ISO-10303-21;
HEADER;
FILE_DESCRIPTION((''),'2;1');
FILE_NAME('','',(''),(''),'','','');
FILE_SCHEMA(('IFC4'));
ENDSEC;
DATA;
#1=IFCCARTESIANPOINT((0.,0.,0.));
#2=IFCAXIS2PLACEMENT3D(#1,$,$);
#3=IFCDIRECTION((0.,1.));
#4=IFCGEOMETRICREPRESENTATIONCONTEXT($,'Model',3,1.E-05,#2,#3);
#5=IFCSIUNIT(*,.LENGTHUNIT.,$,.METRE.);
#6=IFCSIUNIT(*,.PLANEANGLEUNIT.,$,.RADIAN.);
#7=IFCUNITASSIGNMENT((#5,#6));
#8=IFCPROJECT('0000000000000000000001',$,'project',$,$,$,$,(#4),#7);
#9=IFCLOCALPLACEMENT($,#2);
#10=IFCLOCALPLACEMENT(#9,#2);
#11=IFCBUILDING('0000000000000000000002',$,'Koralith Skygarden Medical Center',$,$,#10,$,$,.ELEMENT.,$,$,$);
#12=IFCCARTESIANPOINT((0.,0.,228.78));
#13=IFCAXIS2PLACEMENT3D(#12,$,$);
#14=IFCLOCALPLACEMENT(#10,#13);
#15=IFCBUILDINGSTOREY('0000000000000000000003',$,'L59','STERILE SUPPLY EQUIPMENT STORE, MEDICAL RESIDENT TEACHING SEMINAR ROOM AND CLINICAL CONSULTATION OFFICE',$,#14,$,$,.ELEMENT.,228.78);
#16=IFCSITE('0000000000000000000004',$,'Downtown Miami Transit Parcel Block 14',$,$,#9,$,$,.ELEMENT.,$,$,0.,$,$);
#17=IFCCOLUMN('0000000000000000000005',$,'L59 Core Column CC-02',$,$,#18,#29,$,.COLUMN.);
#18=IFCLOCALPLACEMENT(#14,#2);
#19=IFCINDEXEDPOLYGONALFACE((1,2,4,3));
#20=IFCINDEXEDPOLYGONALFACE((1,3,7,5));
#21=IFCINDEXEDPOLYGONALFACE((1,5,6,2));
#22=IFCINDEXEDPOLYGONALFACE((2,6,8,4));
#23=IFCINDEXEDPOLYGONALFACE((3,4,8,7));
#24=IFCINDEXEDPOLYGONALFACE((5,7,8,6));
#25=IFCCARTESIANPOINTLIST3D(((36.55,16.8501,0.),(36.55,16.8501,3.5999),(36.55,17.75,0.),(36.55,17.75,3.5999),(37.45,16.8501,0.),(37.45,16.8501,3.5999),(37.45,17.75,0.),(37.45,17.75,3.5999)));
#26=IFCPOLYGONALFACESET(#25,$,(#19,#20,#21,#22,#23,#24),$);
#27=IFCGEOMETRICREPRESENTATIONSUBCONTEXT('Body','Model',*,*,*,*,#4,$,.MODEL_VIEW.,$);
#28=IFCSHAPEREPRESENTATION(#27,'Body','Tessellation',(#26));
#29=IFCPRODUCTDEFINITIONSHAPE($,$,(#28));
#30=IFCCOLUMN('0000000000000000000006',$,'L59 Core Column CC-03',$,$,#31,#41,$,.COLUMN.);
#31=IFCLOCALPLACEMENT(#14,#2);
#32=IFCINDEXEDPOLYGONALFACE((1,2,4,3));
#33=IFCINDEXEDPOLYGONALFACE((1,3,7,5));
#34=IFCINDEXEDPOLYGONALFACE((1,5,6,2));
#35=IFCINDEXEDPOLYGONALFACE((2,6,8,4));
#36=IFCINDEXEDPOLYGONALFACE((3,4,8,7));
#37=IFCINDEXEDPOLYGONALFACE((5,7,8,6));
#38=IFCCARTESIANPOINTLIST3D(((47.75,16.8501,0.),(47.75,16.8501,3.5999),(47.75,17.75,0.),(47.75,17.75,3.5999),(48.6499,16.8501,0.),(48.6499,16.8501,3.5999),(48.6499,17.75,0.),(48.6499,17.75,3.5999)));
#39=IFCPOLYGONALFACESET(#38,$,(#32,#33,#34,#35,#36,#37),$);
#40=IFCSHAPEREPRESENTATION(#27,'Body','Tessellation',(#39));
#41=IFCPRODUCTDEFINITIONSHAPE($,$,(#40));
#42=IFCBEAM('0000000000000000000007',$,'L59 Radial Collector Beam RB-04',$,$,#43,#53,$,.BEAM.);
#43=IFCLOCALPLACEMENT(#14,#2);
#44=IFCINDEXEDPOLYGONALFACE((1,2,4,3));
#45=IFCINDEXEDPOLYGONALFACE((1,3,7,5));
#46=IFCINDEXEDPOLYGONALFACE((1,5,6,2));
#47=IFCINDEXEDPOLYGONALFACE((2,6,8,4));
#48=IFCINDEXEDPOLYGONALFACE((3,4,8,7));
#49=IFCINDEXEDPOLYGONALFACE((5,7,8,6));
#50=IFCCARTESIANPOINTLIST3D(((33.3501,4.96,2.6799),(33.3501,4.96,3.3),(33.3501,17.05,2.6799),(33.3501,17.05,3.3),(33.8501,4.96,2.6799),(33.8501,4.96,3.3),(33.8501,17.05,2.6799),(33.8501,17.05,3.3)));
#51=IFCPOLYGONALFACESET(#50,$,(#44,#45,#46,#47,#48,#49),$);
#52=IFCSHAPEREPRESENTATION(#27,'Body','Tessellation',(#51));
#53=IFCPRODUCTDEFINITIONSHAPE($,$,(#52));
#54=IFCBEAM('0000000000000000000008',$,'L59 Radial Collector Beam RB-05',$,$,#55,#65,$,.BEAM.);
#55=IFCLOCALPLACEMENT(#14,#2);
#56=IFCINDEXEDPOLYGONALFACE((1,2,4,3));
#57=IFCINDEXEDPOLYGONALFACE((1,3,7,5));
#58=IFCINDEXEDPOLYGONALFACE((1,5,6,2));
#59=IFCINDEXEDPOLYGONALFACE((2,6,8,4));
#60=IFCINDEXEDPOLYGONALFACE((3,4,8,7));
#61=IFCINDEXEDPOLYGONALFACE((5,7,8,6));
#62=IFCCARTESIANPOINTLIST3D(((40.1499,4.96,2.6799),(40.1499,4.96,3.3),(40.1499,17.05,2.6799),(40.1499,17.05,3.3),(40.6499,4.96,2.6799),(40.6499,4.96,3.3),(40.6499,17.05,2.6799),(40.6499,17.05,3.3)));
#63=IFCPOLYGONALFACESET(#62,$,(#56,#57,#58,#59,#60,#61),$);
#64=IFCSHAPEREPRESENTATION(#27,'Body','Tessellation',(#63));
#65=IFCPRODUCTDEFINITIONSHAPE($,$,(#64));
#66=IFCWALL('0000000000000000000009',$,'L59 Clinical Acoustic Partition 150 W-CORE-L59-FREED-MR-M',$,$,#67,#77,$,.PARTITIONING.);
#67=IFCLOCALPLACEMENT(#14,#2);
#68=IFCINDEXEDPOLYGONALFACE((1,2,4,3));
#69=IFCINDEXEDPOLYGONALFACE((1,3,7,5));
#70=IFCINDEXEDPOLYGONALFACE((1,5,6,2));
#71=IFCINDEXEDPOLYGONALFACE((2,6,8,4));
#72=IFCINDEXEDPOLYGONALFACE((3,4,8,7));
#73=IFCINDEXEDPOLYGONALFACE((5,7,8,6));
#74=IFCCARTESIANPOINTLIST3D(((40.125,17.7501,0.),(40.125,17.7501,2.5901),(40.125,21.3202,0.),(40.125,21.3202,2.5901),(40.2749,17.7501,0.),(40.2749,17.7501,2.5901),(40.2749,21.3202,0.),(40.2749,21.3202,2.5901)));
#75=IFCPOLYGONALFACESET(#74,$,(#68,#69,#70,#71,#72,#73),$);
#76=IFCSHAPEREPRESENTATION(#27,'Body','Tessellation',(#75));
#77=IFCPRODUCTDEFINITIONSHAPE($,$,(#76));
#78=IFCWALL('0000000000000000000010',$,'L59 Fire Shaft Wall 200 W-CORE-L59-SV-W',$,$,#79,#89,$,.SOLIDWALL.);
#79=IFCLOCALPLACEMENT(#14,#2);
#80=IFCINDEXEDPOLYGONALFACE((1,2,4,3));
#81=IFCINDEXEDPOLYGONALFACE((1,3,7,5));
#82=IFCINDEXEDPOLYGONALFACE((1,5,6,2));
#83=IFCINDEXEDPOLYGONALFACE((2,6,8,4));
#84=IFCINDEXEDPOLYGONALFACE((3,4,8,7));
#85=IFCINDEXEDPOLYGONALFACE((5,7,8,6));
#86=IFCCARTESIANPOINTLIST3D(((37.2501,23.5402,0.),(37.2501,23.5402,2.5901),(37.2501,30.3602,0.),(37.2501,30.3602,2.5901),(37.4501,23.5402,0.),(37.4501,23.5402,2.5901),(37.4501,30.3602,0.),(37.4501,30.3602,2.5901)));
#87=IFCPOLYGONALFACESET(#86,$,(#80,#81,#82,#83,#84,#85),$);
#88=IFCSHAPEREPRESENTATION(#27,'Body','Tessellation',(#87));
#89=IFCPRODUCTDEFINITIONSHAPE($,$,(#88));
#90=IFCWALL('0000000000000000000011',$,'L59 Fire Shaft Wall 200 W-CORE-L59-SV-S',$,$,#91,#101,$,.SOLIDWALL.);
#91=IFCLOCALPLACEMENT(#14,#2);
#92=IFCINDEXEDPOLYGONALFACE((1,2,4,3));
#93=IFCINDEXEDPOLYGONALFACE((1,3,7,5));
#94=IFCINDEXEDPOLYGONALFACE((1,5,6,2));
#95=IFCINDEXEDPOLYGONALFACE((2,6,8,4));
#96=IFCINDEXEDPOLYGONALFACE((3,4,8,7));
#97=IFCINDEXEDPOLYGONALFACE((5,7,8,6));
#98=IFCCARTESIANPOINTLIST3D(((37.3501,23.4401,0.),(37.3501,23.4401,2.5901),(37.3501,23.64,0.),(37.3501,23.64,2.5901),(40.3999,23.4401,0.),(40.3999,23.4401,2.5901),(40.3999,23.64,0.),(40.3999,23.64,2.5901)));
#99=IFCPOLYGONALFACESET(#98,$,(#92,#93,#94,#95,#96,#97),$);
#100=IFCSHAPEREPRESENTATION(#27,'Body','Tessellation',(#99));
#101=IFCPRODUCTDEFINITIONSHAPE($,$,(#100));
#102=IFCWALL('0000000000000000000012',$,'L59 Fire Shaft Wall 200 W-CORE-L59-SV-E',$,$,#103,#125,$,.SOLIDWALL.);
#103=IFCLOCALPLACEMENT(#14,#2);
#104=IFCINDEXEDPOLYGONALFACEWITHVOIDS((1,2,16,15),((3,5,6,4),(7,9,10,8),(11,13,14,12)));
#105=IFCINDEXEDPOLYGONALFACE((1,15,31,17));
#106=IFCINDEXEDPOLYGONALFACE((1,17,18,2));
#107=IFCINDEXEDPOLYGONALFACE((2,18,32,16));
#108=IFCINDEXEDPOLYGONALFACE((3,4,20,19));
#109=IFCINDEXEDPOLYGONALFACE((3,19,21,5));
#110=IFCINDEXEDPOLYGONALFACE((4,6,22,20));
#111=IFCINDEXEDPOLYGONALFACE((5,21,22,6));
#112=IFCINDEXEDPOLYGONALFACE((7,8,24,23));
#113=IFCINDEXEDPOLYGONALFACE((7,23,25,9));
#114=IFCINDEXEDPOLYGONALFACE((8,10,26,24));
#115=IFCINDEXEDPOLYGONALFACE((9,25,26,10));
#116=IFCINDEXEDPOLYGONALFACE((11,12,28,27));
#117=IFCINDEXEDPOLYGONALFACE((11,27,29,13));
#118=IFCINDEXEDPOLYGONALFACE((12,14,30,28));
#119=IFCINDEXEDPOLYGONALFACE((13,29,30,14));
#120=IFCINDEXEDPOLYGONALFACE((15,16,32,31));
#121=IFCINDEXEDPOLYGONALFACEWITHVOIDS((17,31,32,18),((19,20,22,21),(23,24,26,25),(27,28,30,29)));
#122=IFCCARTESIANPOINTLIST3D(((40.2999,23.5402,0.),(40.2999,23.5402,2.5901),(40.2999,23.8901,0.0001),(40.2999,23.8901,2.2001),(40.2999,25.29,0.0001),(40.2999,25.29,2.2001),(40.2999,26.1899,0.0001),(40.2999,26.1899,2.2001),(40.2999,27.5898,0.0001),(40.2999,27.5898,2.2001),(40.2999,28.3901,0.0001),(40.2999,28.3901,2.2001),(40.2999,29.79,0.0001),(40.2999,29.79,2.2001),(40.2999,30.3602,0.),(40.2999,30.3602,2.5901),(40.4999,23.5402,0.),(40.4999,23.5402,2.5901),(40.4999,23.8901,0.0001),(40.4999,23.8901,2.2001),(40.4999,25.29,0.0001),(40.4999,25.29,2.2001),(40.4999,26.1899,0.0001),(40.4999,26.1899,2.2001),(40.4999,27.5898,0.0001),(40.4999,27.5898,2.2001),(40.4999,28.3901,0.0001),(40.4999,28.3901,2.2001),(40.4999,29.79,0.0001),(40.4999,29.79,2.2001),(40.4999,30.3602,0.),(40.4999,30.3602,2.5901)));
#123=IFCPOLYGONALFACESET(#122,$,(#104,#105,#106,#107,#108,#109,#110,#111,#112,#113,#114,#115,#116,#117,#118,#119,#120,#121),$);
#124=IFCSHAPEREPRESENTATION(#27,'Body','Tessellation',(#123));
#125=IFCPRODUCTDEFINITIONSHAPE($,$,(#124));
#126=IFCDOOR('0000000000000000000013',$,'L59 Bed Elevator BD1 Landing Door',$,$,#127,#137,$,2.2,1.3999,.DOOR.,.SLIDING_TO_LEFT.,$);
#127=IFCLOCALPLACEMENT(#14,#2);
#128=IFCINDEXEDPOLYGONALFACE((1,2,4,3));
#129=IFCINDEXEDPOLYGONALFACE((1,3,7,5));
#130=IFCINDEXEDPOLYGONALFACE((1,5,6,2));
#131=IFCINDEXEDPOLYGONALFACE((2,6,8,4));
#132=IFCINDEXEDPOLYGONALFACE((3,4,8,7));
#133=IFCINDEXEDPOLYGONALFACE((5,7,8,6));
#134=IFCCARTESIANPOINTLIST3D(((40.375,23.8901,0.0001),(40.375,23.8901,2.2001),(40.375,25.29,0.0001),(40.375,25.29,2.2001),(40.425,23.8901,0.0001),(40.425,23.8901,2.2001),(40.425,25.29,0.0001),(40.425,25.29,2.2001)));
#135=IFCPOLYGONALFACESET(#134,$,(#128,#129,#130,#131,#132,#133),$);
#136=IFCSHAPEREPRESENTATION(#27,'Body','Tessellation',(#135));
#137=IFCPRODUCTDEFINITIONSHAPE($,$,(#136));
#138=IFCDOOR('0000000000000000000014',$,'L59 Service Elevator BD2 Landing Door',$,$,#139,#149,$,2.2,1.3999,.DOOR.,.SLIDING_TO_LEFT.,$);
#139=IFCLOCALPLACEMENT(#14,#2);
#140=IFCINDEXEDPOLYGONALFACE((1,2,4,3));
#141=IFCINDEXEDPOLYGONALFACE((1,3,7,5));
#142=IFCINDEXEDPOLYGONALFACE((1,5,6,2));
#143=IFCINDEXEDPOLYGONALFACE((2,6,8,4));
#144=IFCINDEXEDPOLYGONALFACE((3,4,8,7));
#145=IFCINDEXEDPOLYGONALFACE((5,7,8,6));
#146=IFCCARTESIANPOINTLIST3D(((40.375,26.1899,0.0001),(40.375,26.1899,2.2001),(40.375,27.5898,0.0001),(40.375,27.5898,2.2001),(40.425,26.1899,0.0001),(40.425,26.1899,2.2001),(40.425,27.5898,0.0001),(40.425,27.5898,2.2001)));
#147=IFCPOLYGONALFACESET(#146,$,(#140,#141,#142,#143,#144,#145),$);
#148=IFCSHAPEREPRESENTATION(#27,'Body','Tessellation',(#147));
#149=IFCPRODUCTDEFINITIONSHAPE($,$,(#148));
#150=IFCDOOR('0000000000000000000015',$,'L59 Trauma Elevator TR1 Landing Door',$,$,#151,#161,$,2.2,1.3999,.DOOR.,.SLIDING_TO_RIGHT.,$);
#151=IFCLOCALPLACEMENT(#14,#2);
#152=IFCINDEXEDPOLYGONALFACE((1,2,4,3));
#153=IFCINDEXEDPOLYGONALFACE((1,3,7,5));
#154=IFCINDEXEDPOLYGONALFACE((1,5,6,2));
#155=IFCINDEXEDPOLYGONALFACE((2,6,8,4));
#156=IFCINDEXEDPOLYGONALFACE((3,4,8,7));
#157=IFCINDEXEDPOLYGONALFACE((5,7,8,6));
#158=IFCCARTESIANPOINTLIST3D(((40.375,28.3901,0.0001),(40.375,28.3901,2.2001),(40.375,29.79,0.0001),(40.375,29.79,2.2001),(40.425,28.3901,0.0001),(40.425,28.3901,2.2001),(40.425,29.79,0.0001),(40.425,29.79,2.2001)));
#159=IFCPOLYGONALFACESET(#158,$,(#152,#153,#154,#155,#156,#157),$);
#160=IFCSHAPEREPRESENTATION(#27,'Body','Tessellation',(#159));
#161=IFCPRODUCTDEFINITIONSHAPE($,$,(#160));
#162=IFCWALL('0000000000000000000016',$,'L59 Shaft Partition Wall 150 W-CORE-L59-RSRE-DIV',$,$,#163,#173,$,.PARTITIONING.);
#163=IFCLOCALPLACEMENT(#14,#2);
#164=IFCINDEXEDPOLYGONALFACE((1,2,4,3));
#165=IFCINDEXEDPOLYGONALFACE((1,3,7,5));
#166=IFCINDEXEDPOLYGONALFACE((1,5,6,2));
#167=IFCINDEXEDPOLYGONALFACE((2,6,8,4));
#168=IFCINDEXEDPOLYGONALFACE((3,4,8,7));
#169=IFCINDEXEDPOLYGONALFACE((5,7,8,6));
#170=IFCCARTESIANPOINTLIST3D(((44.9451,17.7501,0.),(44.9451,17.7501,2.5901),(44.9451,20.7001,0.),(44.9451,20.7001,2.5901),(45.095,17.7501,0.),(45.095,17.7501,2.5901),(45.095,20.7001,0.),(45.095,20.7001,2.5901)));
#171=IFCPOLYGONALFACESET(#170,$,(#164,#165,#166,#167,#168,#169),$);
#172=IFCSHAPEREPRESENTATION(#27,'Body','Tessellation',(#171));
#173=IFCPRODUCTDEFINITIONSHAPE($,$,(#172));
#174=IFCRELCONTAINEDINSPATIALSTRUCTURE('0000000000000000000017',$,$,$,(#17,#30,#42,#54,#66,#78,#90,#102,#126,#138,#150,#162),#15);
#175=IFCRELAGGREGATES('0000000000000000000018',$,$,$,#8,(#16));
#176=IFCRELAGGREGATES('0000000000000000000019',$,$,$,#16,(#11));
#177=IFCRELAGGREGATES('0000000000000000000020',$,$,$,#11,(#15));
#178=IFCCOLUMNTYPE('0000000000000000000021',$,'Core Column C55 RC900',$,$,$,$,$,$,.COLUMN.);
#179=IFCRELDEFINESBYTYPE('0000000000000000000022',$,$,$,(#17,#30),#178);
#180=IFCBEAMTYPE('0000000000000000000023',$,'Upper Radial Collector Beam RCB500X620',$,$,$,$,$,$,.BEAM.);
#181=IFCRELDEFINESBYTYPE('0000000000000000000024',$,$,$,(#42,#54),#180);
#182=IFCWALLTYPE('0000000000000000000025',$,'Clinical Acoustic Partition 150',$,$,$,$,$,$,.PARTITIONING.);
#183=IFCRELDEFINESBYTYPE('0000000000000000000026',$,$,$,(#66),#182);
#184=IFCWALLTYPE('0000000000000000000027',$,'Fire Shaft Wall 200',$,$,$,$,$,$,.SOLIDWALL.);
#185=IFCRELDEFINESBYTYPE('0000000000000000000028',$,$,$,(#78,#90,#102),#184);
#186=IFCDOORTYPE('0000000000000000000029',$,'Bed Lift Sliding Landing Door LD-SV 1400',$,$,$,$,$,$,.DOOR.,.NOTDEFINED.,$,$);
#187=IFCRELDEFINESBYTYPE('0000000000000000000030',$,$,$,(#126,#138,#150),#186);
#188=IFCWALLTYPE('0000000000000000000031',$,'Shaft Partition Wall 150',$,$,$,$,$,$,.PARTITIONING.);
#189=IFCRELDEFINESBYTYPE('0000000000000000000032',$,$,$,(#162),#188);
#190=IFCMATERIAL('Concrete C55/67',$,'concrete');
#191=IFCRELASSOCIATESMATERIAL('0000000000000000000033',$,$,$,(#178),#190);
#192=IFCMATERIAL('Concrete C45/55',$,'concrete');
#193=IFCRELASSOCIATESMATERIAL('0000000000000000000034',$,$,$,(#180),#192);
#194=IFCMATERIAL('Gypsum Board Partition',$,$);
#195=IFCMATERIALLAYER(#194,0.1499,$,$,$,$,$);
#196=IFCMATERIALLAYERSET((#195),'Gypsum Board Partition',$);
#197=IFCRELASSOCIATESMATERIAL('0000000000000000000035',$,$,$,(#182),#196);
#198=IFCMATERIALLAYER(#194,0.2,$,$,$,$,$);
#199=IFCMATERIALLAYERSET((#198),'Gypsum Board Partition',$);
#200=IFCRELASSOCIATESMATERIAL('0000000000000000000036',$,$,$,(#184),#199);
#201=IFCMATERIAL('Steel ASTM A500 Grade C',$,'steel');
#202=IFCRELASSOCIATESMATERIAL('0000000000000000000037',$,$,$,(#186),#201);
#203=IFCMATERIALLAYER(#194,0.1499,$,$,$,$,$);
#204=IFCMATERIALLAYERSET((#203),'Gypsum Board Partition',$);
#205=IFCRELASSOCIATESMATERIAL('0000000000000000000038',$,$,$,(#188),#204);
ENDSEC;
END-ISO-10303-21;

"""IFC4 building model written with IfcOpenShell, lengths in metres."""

from ifc_helpers import new_model, si_unit, direction, frame, frame_2d, origin, origin_2d, place, context, subcontext, project, spatial, rectangle, extrude, material, layer, layer_set, material_profile, profile_set, type_object, element, fill, save


model = new_model("IFC4")

# Units and contexts
model_context = context("Model", 3, precision=1e-05, world=origin(), true_north=direction((0.0, 1.0)))
body_context = subcontext(model_context, "Body", "Model", "MODEL_VIEW")
ifc_project = project(units=[si_unit("LENGTHUNIT", "METRE"), si_unit("PLANEANGLEUNIT", "RADIAN")], contexts=[model_context])

# Site, building, storey
site_placement = place(None, origin())
site = spatial("IfcSite", under=ifc_project, at=site_placement, Name="Downtown Miami Transit Parcel Block 14", CompositionType="ELEMENT", RefElevation=0.0)
building_placement = place(site_placement, origin())
building = spatial("IfcBuilding", under=site, at=building_placement, Name="Koralith Skygarden Medical Center", CompositionType="ELEMENT")
storey_placement = place(building_placement, frame((0.0, 0.0, 228.78)))
storey = spatial("IfcBuildingStorey", under=building, at=storey_placement, Name="L59", Description="STERILE SUPPLY EQUIPMENT STORE, MEDICAL RESIDENT TEACHING SEMINAR ROOM AND CLINICAL CONSULTATION OFFICE", CompositionType="ELEMENT", Elevation=228.78)

# Columns
ifc_material_1 = material(Name="Concrete C55/67", Category="concrete")
ifc_material_profile_1 = material_profile(ifc_material_1, rectangle(XDim=0.8999, YDim=0.8999, at=origin_2d()), Name="RC900X900")
ifc_profile_set_1 = profile_set([ifc_material_profile_1], Name="Concrete C55/67")
column_type = type_object("IfcColumnType", Name="Core Column C55 RC900", PredefinedType="COLUMN", material=ifc_profile_set_1)
for number, where, z_axis, x_axis, name in (
    (1, (37.0, 17.3, 0.0), (0.0, 0.0, 1.0), (1.0, 0.0, 0.0), "L59 Core Column CC-02"),
    (2, (48.2, 17.3, 0.0), (0.0, 0.0, 1.0), (1.0, 0.0, 0.0), "L59 Core Column CC-03"),
):
    element("IfcColumn", number, at=place(storey_placement, frame(where, z_axis=z_axis, x_axis=x_axis)), inside=storey, type_object=column_type, Name=name, PredefinedType="COLUMN", context=body_context, shape_type="SweptSolid", body=[
        extrude(rectangle(XDim=0.8999, YDim=0.8999, at=origin_2d()), origin(), (0.0, 0.0, 1.0), 3.5999),
    ])

# Beams
ifc_material_2 = material(Name="Concrete C45/55", Category="concrete")
ifc_material_profile_2 = material_profile(ifc_material_2, rectangle(XDim=0.5, YDim=0.6201, at=origin_2d()), Name="RCB500X620")
ifc_profile_set_2 = profile_set([ifc_material_profile_2], Name="Concrete C45/55")
beam_type = type_object("IfcBeamType", Name="Upper Radial Collector Beam RCB500X620", PredefinedType="BEAM", material=ifc_profile_set_2)
for number, where, z_axis, x_axis, name in (
    (3, (33.6001, 17.05, 2.99), (0.0, -1.0, 0.0), (1.0, 0.0, 0.0), "L59 Radial Collector Beam RB-04"),
    (4, (40.3999, 17.05, 2.99), (0.0, -1.0, 0.0), (1.0, 0.0, 0.0), "L59 Radial Collector Beam RB-05"),
):
    element("IfcBeam", number, at=place(storey_placement, frame(where, z_axis=z_axis, x_axis=x_axis)), inside=storey, type_object=beam_type, Name=name, PredefinedType="BEAM", context=body_context, shape_type="SweptSolid", body=[
        extrude(rectangle(XDim=0.5, YDim=0.6201, at=origin_2d()), origin(), (0.0, 0.0, 1.0), 12.0901),
    ])

# Shared definitions
ifc_material_3 = material(Name="Gypsum Board Partition")
ifc_layer_1 = layer(ifc_material_3, 0.1499)
ifc_layer_set_1 = layer_set([ifc_layer_1], Name="Gypsum Board Partition")
wall_type_1 = type_object("IfcWallType", Name="Clinical Acoustic Partition 150", PredefinedType="PARTITIONING", material=ifc_layer_set_1)

# Wall
wall_1_placement = place(storey_placement, frame((40.2, 17.75, 0.0), z_axis=(0.0, 0.0, 1.0), x_axis=(0.0, 1.0, 0.0)))
element("IfcWall", 5, at=wall_1_placement, inside=storey, type_object=wall_type_1, Name="L59 Clinical Acoustic Partition 150 W-CORE-L59-FREED-MR-M", PredefinedType="PARTITIONING", context=body_context, shape_type="SweptSolid", body=[
    extrude(rectangle(XDim=3.5701, YDim=0.1499, at=frame_2d((1.7852, 0.0))), origin(), (0.0, 0.0, 1.0), 2.5901),
])

# Shared definitions
ifc_layer_2 = layer(ifc_material_3, 0.2)
ifc_layer_set_2 = layer_set([ifc_layer_2], Name="Gypsum Board Partition")
wall_type_2 = type_object("IfcWallType", Name="Fire Shaft Wall 200", PredefinedType="SOLIDWALL", material=ifc_layer_set_2)
ifc_material_4 = material(Name="Steel ASTM A500 Grade C", Category="steel")

# Walls
wall_2_placement = place(storey_placement, frame((37.3501, 23.54, 0.0), z_axis=(0.0, 0.0, 1.0), x_axis=(0.0, 1.0, 0.0)))
element("IfcWall", 6, at=wall_2_placement, inside=storey, type_object=wall_type_2, Name="L59 Fire Shaft Wall 200 W-CORE-L59-SV-W", PredefinedType="SOLIDWALL", context=body_context, shape_type="SweptSolid", body=[
    extrude(rectangle(XDim=6.8201, YDim=0.2, at=frame_2d((3.4102, 0.0))), origin(), (0.0, 0.0, 1.0), 2.5901),
])
wall_3_placement = place(storey_placement, frame((37.3501, 23.54, 0.0), z_axis=(0.0, 0.0, 1.0), x_axis=(1.0, 0.0, 0.0)))
element("IfcWall", 7, at=wall_3_placement, inside=storey, type_object=wall_type_2, Name="L59 Fire Shaft Wall 200 W-CORE-L59-SV-S", PredefinedType="SOLIDWALL", context=body_context, shape_type="SweptSolid", body=[
    extrude(rectangle(XDim=3.0498, YDim=0.2, at=frame_2d((1.5249, 0.0))), origin(), (0.0, 0.0, 1.0), 2.5901),
])

# Wall, openings, doors
wall_4_placement = place(storey_placement, frame((40.3999, 23.54, 0.0), z_axis=(0.0, 0.0, 1.0), x_axis=(0.0, 1.0, 0.0)))
wall_4 = element("IfcWall", 8, at=wall_4_placement, inside=storey, type_object=wall_type_2, Name="L59 Fire Shaft Wall 200 W-CORE-L59-SV-E", PredefinedType="SOLIDWALL", context=body_context, shape_type="SweptSolid", body=[
    extrude(rectangle(XDim=6.8201, YDim=0.2, at=frame_2d((3.4102, 0.0))), origin(), (0.0, 0.0, 1.0), 2.5901),
])
opening_1_placement = place(wall_4_placement, frame((0.3501, 0.0, 0.0)))
opening_1 = element("IfcOpeningElement", 9, at=opening_1_placement, cuts=wall_4, PredefinedType="OPENING", context=body_context, shape_type="SweptSolid", body=[
    extrude(rectangle(XDim=1.3999, YDim=2.2, at=frame_2d((0.7, 1.1001))), frame((0.0, 0.1099, 0.0), z_axis=(0.0, -1.0, 0.0), x_axis=(1.0, 0.0, 0.0)), (0.0, 0.0, 1.0), 0.22),
])
opening_2_placement = place(wall_4_placement, frame((2.6499, 0.0, 0.0)))
opening_2 = element("IfcOpeningElement", 10, at=opening_2_placement, cuts=wall_4, PredefinedType="OPENING", context=body_context, shape_type="SweptSolid", body=[
    extrude(rectangle(XDim=1.3999, YDim=2.2, at=frame_2d((0.7, 1.1001))), frame((0.0, 0.1099, 0.0), z_axis=(0.0, -1.0, 0.0), x_axis=(1.0, 0.0, 0.0)), (0.0, 0.0, 1.0), 0.22),
])
opening_3_placement = place(wall_4_placement, frame((4.8501, 0.0, 0.0)))
opening_3 = element("IfcOpeningElement", 11, at=opening_3_placement, cuts=wall_4, PredefinedType="OPENING", context=body_context, shape_type="SweptSolid", body=[
    extrude(rectangle(XDim=1.3999, YDim=2.2, at=frame_2d((0.7, 1.1001))), frame((0.0, 0.1099, 0.0), z_axis=(0.0, -1.0, 0.0), x_axis=(1.0, 0.0, 0.0)), (0.0, 0.0, 1.0), 0.22),
])
door_type_1 = type_object("IfcDoorType", Name="Bed Lift Sliding Landing Door LD-SV 1400", OperationType="NOTDEFINED", PredefinedType="DOOR", material=ifc_material_4)
door_1_placement = place(opening_1_placement, origin())
door_1 = element("IfcDoor", 12, at=door_1_placement, inside=storey, type_object=door_type_1, Name="L59 Bed Elevator BD1 Landing Door", OperationType="SLIDING_TO_LEFT", OverallHeight=2.2, OverallWidth=1.3999, PredefinedType="DOOR", context=body_context, shape_type="SweptSolid", body=[
    extrude(rectangle(XDim=1.3999, YDim=2.2, at=frame_2d((0.7, 1.1001))), frame((0.0, 0.0249, 0.0), z_axis=(0.0, -1.0, 0.0), x_axis=(1.0, 0.0, 0.0)), (0.0, 0.0, 1.0), 0.05),
])
fill(opening_1, door_1)
door_2_placement = place(opening_2_placement, origin())
door_2 = element("IfcDoor", 13, at=door_2_placement, inside=storey, type_object=door_type_1, Name="L59 Service Elevator BD2 Landing Door", OperationType="SLIDING_TO_LEFT", OverallHeight=2.2, OverallWidth=1.3999, PredefinedType="DOOR", context=body_context, shape_type="SweptSolid", body=[
    extrude(rectangle(XDim=1.3999, YDim=2.2, at=frame_2d((0.7, 1.1001))), frame((0.0, 0.0249, 0.0), z_axis=(0.0, -1.0, 0.0), x_axis=(1.0, 0.0, 0.0)), (0.0, 0.0, 1.0), 0.05),
])
fill(opening_2, door_2)
door_3_placement = place(opening_3_placement, origin())
door_3 = element("IfcDoor", 14, at=door_3_placement, inside=storey, type_object=door_type_1, Name="L59 Trauma Elevator TR1 Landing Door", OperationType="SLIDING_TO_RIGHT", OverallHeight=2.2, OverallWidth=1.3999, PredefinedType="DOOR", context=body_context, shape_type="SweptSolid", body=[
    extrude(rectangle(XDim=1.3999, YDim=2.2, at=frame_2d((0.7, 1.1001))), frame((0.0, 0.0249, 0.0), z_axis=(0.0, -1.0, 0.0), x_axis=(1.0, 0.0, 0.0)), (0.0, 0.0, 1.0), 0.05),
])
fill(opening_3, door_3)

# Wall
ifc_layer_3 = layer(ifc_material_3, 0.1499)
ifc_layer_set_3 = layer_set([ifc_layer_3], Name="Gypsum Board Partition")
wall_type_3 = type_object("IfcWallType", Name="Shaft Partition Wall 150", PredefinedType="PARTITIONING", material=ifc_layer_set_3)
wall_5_placement = place(storey_placement, frame((45.02, 17.75, 0.0), z_axis=(0.0, 0.0, 1.0), x_axis=(0.0, 1.0, 0.0)))
element("IfcWall", 15, at=wall_5_placement, inside=storey, type_object=wall_type_3, Name="L59 Shaft Partition Wall 150 W-CORE-L59-RSRE-DIV", PredefinedType="PARTITIONING", context=body_context, shape_type="SweptSolid", body=[
    extrude(rectangle(XDim=2.95, YDim=0.1499, at=frame_2d((1.4751, 0.0))), origin(), (0.0, 0.0, 1.0), 2.5901),
])

save(model, "model.ifc")
